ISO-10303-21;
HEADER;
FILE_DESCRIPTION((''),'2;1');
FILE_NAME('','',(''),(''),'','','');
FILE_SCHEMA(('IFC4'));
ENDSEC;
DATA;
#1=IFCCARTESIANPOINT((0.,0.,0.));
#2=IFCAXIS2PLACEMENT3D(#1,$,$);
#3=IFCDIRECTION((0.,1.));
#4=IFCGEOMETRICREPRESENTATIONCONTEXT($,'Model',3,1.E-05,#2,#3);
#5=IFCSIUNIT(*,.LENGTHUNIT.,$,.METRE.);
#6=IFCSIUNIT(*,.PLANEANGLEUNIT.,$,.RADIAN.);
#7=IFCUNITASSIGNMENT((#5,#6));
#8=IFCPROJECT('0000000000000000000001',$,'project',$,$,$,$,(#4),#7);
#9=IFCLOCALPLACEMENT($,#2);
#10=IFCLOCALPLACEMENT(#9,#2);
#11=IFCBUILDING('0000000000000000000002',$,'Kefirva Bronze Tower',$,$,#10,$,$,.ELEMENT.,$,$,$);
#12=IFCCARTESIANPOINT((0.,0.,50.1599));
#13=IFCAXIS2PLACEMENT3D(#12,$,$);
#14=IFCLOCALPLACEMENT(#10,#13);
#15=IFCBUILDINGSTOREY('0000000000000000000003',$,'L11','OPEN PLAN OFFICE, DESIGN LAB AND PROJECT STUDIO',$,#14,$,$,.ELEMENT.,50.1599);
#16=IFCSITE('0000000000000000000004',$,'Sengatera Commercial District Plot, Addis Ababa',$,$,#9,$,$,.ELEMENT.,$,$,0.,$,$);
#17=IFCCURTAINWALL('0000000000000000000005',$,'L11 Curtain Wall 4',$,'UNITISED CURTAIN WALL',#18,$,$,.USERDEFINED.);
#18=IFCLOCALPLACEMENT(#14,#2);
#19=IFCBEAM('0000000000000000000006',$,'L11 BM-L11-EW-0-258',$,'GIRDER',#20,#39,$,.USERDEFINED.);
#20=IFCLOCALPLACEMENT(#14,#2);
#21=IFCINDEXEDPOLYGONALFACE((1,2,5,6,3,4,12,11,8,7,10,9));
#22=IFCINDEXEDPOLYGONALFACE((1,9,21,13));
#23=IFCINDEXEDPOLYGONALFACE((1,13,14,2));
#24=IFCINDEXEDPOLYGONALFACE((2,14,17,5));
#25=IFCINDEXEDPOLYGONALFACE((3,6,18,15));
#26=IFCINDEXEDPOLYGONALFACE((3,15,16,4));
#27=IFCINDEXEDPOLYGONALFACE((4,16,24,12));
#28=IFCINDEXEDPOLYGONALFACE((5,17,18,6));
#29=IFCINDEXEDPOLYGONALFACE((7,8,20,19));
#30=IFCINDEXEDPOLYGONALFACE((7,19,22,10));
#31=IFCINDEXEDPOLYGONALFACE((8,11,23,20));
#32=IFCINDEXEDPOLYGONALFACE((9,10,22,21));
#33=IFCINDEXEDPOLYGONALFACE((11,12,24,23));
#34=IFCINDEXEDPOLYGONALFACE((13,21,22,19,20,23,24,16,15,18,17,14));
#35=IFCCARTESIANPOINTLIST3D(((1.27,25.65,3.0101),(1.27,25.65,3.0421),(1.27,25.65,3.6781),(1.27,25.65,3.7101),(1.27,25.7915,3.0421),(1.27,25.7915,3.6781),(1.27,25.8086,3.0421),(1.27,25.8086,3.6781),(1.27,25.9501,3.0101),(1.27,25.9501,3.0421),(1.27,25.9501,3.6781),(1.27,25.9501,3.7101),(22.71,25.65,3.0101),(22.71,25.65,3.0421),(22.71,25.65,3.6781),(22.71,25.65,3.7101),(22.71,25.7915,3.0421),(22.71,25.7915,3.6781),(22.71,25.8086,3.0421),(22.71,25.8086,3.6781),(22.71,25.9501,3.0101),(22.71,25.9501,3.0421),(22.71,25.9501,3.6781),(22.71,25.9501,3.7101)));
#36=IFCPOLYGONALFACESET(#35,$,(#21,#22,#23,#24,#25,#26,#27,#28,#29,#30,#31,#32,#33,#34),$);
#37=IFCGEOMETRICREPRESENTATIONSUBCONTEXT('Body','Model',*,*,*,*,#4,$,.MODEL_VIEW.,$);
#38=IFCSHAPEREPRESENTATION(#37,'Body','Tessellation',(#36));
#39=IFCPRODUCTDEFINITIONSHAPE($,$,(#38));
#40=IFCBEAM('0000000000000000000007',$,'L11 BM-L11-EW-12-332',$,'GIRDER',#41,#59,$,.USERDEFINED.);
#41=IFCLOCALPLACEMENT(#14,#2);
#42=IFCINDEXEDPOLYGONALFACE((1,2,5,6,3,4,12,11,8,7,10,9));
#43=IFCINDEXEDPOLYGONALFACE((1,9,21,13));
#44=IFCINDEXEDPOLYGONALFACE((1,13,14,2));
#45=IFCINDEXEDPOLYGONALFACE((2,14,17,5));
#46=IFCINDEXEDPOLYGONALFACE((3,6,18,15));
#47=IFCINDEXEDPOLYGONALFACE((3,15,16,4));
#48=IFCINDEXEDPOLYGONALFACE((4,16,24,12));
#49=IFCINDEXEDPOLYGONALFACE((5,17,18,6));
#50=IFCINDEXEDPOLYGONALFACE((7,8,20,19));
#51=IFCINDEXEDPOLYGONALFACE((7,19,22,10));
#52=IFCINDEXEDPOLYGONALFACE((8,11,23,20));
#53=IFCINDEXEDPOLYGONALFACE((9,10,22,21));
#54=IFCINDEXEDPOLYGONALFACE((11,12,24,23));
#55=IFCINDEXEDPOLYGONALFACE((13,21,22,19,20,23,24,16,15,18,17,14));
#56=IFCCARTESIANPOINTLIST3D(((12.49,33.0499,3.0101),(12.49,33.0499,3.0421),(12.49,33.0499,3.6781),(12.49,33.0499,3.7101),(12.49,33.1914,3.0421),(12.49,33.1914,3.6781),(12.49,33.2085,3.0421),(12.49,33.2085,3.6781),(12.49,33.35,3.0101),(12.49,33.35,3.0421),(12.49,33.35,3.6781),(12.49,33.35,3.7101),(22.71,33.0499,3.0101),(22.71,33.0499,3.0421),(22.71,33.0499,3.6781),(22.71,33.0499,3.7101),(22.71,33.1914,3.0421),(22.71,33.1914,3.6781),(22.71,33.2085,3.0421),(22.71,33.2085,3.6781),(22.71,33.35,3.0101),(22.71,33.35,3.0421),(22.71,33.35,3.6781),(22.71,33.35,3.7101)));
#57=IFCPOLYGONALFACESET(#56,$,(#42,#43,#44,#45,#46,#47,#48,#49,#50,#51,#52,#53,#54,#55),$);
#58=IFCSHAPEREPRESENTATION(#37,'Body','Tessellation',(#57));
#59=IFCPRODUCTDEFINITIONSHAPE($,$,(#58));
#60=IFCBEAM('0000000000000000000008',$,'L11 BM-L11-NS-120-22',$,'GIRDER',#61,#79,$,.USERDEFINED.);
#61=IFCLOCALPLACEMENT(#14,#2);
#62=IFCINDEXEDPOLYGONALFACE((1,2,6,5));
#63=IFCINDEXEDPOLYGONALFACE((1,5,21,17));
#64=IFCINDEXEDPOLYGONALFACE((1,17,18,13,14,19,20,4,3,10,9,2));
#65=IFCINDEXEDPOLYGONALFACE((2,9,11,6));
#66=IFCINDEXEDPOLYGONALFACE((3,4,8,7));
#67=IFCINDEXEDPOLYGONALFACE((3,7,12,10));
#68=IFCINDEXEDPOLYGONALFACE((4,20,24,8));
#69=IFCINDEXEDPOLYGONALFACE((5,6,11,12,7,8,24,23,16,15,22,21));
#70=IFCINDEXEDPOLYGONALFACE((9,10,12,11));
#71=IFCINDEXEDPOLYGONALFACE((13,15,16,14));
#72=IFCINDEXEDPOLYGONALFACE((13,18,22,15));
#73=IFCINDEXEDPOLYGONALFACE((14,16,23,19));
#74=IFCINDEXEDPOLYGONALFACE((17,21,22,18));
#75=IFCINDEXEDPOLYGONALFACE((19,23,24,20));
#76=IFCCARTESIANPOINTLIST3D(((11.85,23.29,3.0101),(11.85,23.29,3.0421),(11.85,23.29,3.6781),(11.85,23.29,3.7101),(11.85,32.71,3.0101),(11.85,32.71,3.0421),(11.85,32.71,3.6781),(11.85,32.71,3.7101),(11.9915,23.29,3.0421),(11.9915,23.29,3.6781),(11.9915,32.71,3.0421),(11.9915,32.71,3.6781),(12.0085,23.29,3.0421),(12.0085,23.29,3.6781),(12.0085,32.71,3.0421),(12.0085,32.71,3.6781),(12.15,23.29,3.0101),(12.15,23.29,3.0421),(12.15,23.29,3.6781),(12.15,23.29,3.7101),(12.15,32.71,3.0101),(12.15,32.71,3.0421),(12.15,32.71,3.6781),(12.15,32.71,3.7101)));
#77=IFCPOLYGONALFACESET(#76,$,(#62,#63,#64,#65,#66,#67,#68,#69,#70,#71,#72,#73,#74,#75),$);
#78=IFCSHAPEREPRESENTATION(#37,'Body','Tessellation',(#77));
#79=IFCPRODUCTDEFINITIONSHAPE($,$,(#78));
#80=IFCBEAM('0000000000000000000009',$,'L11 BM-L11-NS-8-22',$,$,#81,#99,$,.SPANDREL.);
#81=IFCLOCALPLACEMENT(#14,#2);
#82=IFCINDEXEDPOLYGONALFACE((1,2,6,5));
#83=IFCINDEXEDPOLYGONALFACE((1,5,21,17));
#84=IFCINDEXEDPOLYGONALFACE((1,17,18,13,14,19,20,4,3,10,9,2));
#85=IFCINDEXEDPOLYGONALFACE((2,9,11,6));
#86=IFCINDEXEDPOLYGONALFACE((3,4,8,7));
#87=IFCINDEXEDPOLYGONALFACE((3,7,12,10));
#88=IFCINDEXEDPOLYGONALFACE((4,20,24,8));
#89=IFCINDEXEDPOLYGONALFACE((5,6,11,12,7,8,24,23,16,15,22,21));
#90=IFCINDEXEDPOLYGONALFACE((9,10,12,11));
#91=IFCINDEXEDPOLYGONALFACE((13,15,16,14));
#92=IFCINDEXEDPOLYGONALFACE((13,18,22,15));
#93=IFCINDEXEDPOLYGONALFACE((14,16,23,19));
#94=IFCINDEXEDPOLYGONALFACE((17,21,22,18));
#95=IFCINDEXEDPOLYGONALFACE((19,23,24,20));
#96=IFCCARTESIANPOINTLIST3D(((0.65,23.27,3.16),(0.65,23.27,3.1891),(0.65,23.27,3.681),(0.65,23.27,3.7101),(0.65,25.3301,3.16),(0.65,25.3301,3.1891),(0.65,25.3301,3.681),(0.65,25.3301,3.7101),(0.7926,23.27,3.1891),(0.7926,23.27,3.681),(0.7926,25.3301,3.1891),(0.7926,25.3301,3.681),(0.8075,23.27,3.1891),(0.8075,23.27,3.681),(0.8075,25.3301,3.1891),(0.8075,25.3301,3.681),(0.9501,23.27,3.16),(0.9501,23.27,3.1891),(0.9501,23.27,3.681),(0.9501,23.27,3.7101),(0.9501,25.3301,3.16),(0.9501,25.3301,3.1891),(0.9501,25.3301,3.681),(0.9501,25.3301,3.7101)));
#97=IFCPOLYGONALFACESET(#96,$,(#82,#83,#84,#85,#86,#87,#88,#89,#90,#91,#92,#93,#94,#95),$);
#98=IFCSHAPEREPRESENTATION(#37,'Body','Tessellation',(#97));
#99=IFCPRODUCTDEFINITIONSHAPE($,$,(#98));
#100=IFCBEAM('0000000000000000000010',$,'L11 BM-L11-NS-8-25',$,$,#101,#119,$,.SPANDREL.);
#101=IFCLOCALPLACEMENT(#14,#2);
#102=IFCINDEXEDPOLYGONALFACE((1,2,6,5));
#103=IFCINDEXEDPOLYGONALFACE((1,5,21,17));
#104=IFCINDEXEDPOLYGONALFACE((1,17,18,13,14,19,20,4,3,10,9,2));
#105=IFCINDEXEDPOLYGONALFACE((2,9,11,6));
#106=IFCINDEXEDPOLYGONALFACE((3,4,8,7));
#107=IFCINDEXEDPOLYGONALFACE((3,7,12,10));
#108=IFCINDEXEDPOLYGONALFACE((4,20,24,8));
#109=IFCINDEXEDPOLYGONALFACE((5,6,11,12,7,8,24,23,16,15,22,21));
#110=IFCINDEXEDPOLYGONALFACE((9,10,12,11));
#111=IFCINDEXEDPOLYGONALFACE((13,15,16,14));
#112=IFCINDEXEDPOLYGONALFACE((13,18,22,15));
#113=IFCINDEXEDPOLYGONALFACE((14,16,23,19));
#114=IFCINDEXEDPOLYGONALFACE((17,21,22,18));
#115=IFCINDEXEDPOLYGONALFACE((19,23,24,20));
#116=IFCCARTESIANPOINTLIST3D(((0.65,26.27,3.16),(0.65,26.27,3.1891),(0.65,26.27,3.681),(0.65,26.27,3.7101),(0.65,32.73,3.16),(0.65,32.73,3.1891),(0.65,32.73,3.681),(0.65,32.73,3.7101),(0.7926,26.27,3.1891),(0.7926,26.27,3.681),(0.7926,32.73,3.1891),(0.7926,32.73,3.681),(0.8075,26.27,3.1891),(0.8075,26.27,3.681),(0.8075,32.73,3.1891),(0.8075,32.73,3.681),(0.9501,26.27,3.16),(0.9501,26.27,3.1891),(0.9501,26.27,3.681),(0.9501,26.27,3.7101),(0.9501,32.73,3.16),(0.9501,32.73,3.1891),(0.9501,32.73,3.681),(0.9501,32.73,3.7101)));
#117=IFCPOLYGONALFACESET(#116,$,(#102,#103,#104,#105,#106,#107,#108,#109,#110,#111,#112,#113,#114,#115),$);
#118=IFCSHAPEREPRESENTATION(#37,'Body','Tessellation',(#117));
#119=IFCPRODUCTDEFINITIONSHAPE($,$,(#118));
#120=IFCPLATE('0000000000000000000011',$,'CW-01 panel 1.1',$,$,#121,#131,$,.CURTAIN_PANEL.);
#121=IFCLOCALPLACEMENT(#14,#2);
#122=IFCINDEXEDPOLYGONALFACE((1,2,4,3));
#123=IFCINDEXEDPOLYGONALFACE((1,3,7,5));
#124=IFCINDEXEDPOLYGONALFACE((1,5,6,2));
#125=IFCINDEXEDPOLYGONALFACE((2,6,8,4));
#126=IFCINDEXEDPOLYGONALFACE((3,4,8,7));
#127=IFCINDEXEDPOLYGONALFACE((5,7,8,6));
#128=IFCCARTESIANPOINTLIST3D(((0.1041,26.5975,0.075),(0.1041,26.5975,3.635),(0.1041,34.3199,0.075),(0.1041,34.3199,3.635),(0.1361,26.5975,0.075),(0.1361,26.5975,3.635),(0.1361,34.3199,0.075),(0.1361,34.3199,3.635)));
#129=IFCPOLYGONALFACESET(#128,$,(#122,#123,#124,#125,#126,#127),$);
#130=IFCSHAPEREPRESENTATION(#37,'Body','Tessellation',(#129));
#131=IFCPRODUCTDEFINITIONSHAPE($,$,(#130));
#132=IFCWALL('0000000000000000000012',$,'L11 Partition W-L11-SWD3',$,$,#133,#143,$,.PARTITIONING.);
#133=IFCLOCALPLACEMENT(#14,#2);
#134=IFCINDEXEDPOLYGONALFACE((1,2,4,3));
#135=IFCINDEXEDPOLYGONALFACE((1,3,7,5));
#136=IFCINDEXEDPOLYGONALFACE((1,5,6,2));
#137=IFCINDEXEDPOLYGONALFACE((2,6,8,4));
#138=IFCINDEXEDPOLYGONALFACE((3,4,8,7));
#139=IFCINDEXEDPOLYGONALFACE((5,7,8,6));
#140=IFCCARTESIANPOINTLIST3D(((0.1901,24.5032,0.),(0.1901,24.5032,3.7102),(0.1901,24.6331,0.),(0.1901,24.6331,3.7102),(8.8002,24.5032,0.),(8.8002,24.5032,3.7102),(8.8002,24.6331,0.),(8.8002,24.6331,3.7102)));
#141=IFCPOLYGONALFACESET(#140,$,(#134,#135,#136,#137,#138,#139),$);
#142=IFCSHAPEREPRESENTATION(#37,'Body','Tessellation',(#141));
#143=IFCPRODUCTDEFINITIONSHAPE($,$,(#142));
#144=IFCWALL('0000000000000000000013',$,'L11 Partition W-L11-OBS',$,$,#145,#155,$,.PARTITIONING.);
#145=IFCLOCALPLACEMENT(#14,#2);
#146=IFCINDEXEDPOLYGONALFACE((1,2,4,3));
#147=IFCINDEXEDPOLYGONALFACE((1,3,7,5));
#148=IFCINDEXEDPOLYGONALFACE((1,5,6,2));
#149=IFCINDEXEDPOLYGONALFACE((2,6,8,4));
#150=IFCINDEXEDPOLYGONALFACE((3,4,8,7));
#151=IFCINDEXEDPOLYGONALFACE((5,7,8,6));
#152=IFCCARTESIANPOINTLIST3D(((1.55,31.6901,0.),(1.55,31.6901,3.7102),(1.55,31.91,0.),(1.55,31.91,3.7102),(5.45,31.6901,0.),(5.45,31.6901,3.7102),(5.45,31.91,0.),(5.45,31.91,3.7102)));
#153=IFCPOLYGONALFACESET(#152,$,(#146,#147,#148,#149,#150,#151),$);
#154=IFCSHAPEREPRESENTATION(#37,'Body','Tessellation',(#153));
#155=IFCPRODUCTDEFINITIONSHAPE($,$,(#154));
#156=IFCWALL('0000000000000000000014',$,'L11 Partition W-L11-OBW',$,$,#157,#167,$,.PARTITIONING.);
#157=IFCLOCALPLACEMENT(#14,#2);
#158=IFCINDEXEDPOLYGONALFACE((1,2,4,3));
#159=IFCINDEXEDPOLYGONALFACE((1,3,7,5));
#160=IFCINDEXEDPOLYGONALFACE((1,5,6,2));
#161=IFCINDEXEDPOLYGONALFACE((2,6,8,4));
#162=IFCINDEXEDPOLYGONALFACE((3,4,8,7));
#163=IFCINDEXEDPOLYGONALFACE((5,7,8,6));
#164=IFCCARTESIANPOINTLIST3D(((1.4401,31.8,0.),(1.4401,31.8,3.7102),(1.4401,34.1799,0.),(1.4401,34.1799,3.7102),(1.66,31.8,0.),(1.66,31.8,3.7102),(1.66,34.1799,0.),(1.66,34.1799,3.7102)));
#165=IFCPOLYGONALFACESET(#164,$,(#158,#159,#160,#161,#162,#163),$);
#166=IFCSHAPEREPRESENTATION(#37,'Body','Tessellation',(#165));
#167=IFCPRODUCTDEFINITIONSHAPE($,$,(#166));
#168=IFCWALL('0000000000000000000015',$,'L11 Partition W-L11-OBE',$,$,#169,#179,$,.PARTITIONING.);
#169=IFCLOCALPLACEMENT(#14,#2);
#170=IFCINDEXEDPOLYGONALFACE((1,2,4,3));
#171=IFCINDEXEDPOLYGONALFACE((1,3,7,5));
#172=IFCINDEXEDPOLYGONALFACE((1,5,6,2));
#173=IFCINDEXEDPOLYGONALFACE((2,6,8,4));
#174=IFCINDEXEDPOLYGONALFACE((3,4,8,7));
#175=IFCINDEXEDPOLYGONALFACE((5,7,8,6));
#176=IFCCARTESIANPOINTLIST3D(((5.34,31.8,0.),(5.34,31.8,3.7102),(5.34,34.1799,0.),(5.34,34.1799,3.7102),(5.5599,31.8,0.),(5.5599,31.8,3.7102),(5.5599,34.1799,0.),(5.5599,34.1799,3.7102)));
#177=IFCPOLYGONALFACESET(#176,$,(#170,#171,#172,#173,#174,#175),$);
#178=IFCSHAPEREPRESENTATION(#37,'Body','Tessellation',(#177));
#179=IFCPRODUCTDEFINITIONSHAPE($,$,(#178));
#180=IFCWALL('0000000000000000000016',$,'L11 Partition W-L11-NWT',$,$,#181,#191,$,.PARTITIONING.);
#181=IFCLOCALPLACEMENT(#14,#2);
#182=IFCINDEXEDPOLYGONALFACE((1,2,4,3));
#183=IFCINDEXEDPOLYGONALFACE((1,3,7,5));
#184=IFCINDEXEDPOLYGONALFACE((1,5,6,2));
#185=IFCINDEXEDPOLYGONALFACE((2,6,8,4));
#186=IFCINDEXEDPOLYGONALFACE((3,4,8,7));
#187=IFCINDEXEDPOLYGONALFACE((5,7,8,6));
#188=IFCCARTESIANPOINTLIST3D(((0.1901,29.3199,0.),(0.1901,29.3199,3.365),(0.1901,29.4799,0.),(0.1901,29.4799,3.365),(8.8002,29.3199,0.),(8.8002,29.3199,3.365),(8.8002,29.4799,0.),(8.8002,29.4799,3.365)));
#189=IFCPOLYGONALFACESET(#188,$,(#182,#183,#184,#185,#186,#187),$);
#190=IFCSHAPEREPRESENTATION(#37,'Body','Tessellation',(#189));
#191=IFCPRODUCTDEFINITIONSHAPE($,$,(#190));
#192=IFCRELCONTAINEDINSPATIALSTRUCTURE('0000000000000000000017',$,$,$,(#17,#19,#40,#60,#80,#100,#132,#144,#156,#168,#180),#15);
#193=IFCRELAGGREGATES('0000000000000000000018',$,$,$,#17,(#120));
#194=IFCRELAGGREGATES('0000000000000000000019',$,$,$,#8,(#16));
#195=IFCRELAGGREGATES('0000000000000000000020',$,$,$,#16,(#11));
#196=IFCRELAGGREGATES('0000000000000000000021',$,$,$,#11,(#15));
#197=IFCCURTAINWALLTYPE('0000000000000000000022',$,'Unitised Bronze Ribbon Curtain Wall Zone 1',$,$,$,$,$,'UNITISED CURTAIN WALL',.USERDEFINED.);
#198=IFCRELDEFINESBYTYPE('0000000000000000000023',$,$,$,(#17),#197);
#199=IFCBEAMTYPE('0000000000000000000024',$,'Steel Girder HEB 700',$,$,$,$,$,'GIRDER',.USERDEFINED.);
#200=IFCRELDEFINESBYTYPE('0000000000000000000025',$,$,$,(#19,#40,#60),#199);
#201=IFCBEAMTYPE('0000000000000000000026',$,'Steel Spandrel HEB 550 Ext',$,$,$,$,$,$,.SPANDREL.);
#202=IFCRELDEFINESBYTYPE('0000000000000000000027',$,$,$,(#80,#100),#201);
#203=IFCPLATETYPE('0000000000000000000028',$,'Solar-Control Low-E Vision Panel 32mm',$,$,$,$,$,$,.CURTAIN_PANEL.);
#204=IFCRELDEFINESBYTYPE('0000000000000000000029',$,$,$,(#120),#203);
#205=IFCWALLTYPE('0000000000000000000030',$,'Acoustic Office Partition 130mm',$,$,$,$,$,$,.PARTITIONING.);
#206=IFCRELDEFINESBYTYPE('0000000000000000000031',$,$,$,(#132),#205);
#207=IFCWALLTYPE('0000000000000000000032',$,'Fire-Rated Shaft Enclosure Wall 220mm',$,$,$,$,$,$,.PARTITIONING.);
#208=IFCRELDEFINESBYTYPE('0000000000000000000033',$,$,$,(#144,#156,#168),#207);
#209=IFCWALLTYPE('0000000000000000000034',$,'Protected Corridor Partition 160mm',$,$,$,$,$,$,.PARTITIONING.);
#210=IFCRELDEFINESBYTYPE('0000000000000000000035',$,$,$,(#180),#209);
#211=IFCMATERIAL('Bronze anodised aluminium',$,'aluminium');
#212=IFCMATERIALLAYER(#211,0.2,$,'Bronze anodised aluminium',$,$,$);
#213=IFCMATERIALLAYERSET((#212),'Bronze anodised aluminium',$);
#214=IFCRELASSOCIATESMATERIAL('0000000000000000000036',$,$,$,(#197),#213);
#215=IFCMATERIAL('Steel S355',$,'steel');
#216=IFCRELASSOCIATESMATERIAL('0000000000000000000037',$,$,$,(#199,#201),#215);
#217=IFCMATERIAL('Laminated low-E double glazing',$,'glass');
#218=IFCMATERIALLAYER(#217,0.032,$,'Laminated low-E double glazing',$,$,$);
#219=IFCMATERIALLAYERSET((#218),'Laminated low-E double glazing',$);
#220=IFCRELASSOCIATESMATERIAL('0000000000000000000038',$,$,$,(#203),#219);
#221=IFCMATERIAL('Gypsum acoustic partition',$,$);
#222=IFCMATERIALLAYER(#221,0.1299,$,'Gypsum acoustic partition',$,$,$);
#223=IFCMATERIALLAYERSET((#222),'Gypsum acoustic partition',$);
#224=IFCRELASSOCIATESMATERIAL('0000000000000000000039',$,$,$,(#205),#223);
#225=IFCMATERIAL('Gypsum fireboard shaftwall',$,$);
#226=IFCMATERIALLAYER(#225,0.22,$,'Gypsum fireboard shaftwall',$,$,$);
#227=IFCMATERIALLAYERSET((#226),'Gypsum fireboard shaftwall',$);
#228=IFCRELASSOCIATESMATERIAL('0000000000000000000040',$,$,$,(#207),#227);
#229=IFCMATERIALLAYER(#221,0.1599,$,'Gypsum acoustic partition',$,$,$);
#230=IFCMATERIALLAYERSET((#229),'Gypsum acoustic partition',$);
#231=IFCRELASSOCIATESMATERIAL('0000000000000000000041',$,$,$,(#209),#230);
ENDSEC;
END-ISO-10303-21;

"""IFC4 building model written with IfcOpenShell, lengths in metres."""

from ifc_helpers import new_model, si_unit, direction, frame, frame_2d, origin, origin_2d, place, context, subcontext, project, spatial, rectangle, i_section, extrude, material, layer, layer_set, material_profile, profile_set, type_object, element, aggregate, save


model = new_model("IFC4")

# Units and contexts
model_context = context("Model", 3, precision=1e-05, world=origin(), true_north=direction((0.0, 1.0)))
body_context = subcontext(model_context, "Body", "Model", "MODEL_VIEW")
ifc_project = project(units=[si_unit("LENGTHUNIT", "METRE"), si_unit("PLANEANGLEUNIT", "RADIAN")], contexts=[model_context])

# Site, building, storey
site_placement = place(None, origin())
site = spatial("IfcSite", under=ifc_project, at=site_placement, Name="Sengatera Commercial District Plot, Addis Ababa", CompositionType="ELEMENT", RefElevation=0.0)
building_placement = place(site_placement, origin())
building = spatial("IfcBuilding", under=site, at=building_placement, Name="Kefirva Bronze Tower", CompositionType="ELEMENT")
storey_placement = place(building_placement, frame((0.0, 0.0, 50.1599)))
storey = spatial("IfcBuildingStorey", under=building, at=storey_placement, Name="L11", Description="OPEN PLAN OFFICE, DESIGN LAB AND PROJECT STUDIO", CompositionType="ELEMENT", Elevation=50.1599)

# Curtain wall
ifc_material_1 = material(Name="Bronze anodised aluminium", Category="aluminium")
ifc_layer_1 = layer(ifc_material_1, 0.2, Name="Bronze anodised aluminium")
ifc_layer_set_1 = layer_set([ifc_layer_1], Name="Bronze anodised aluminium")
curtain_wall_type = type_object("IfcCurtainWallType", Name="Unitised Bronze Ribbon Curtain Wall Zone 1", ElementType="UNITISED CURTAIN WALL", PredefinedType="USERDEFINED", material=ifc_layer_set_1)
curtain_wall_placement = place(storey_placement, origin())
curtain_wall = element("IfcCurtainWall", 1, at=curtain_wall_placement, inside=storey, type_object=curtain_wall_type, Name="L11 Curtain Wall 4", ObjectType="UNITISED CURTAIN WALL", PredefinedType="USERDEFINED")

# Beams
ifc_material_2 = material(Name="Steel S355", Category="steel")
ifc_material_profile_1 = material_profile(ifc_material_2, i_section(OverallWidth=0.3, OverallDepth=0.7, WebThickness=0.0171, FlangeThickness=0.032, at=origin_2d()), Name="HEB 700")
ifc_profile_set_1 = profile_set([ifc_material_profile_1], Name="Steel S355")
beam_type_1 = type_object("IfcBeamType", Name="Steel Girder HEB 700", ElementType="GIRDER", PredefinedType="USERDEFINED", material=ifc_profile_set_1)
beam_1_placement = place(storey_placement, frame((1.27, 25.8, 3.3601), z_axis=(1.0, 0.0, 0.0), x_axis=(0.0, 1.0, 0.0)))
element("IfcBeam", 2, at=beam_1_placement, inside=storey, type_object=beam_type_1, Name="L11 BM-L11-EW-0-258", ObjectType="GIRDER", PredefinedType="USERDEFINED", context=body_context, shape_type="SweptSolid", body=[
    extrude(i_section(OverallWidth=0.3, OverallDepth=0.7, WebThickness=0.0171, FlangeThickness=0.032, at=origin_2d()), origin(), (0.0, 0.0, 1.0), 21.4399),
])
beam_2_placement = place(storey_placement, frame((12.49, 33.2, 3.3601), z_axis=(1.0, 0.0, 0.0), x_axis=(0.0, 1.0, 0.0)))
element("IfcBeam", 3, at=beam_2_placement, inside=storey, type_object=beam_type_1, Name="L11 BM-L11-EW-12-332", ObjectType="GIRDER", PredefinedType="USERDEFINED", context=body_context, shape_type="SweptSolid", body=[
    extrude(i_section(OverallWidth=0.3, OverallDepth=0.7, WebThickness=0.0171, FlangeThickness=0.032, at=origin_2d()), origin(), (0.0, 0.0, 1.0), 10.22),
])
beam_3_placement = place(storey_placement, frame((12.0, 23.29, 3.3601), z_axis=(0.0, 1.0, 0.0), x_axis=(-1.0, 0.0, 0.0)))
element("IfcBeam", 4, at=beam_3_placement, inside=storey, type_object=beam_type_1, Name="L11 BM-L11-NS-120-22", ObjectType="GIRDER", PredefinedType="USERDEFINED", context=body_context, shape_type="SweptSolid", body=[
    extrude(i_section(OverallWidth=0.3, OverallDepth=0.7, WebThickness=0.0171, FlangeThickness=0.032, at=origin_2d()), origin(), (0.0, 0.0, 1.0), 9.4199),
])
ifc_material_profile_2 = material_profile(ifc_material_2, i_section(OverallWidth=0.3, OverallDepth=0.55, WebThickness=0.0149, FlangeThickness=0.0291, at=origin_2d()), Name="HEB 550")
ifc_profile_set_2 = profile_set([ifc_material_profile_2], Name="Steel S355")
beam_type_2 = type_object("IfcBeamType", Name="Steel Spandrel HEB 550 Ext", PredefinedType="SPANDREL", material=ifc_profile_set_2)
beam_4_placement = place(storey_placement, frame((0.8, 23.27, 3.4351), z_axis=(0.0, 1.0, 0.0), x_axis=(-1.0, 0.0, 0.0)))
element("IfcBeam", 5, at=beam_4_placement, inside=storey, type_object=beam_type_2, Name="L11 BM-L11-NS-8-22", PredefinedType="SPANDREL", context=body_context, shape_type="SweptSolid", body=[
    extrude(i_section(OverallWidth=0.3, OverallDepth=0.55, WebThickness=0.0149, FlangeThickness=0.0291, at=origin_2d()), origin(), (0.0, 0.0, 1.0), 2.0601),
])
beam_5_placement = place(storey_placement, frame((0.8, 26.27, 3.4351), z_axis=(0.0, 1.0, 0.0), x_axis=(-1.0, 0.0, 0.0)))
element("IfcBeam", 6, at=beam_5_placement, inside=storey, type_object=beam_type_2, Name="L11 BM-L11-NS-8-25", PredefinedType="SPANDREL", context=body_context, shape_type="SweptSolid", body=[
    extrude(i_section(OverallWidth=0.3, OverallDepth=0.55, WebThickness=0.0149, FlangeThickness=0.0291, at=origin_2d()), origin(), (0.0, 0.0, 1.0), 6.46),
])

# Plate
ifc_material_3 = material(Name="Laminated low-E double glazing", Category="glass")
ifc_layer_2 = layer(ifc_material_3, 0.032, Name="Laminated low-E double glazing")
ifc_layer_set_2 = layer_set([ifc_layer_2], Name="Laminated low-E double glazing")
plate_type = type_object("IfcPlateType", Name="Solar-Control Low-E Vision Panel 32mm", PredefinedType="CURTAIN_PANEL", material=ifc_layer_set_2)
plate_placement = place(storey_placement, frame((0.1201, 30.4587, 0.075), z_axis=(0.0, 0.0, 1.0), x_axis=(0.0, -1.0, 0.0)))
plate = element("IfcPlate", 7, at=plate_placement, type_object=plate_type, Name="CW-01 panel 1.1", PredefinedType="CURTAIN_PANEL", context=body_context, shape_type="SweptSolid", body=[
    extrude(rectangle(XDim=7.7224, YDim=0.032, at=origin_2d()), origin(), (0.0, 0.0, 1.0), 3.5601),
])
aggregate(curtain_wall, [plate])

# Walls
ifc_material_4 = material(Name="Gypsum acoustic partition")
ifc_layer_3 = layer(ifc_material_4, 0.1299, Name="Gypsum acoustic partition")
ifc_layer_set_3 = layer_set([ifc_layer_3], Name="Gypsum acoustic partition")
wall_type_1 = type_object("IfcWallType", Name="Acoustic Office Partition 130mm", PredefinedType="PARTITIONING", material=ifc_layer_set_3)
wall_1_placement = place(storey_placement, frame((0.1899, 24.5681, 0.0), z_axis=(0.0, 0.0, 1.0), x_axis=(1.0, 0.0, 0.0)))
element("IfcWall", 8, at=wall_1_placement, inside=storey, type_object=wall_type_1, Name="L11 Partition W-L11-SWD3", PredefinedType="PARTITIONING", context=body_context, shape_type="SweptSolid", body=[
    extrude(rectangle(XDim=8.6101, YDim=0.1299, at=frame_2d((4.3052, 0.0))), origin(), (0.0, 0.0, 1.0), 3.7102),
])
ifc_material_5 = material(Name="Gypsum fireboard shaftwall")
ifc_layer_4 = layer(ifc_material_5, 0.22, Name="Gypsum fireboard shaftwall")
ifc_layer_set_4 = layer_set([ifc_layer_4], Name="Gypsum fireboard shaftwall")
wall_type_2 = type_object("IfcWallType", Name="Fire-Rated Shaft Enclosure Wall 220mm", PredefinedType="PARTITIONING", material=ifc_layer_set_4)
wall_2_placement = place(storey_placement, frame((1.55, 31.8, 0.0), z_axis=(0.0, 0.0, 1.0), x_axis=(1.0, 0.0, 0.0)))
element("IfcWall", 9, at=wall_2_placement, inside=storey, type_object=wall_type_2, Name="L11 Partition W-L11-OBS", PredefinedType="PARTITIONING", context=body_context, shape_type="SweptSolid", body=[
    extrude(rectangle(XDim=3.8999, YDim=0.22, at=frame_2d((1.95, 0.0))), origin(), (0.0, 0.0, 1.0), 3.7102),
])
for number, where, z_axis, x_axis, name in (
    (10, (1.55, 31.8, 0.0), (0.0, 0.0, 1.0), (0.0, 1.0, 0.0), "L11 Partition W-L11-OBW"),
    (11, (5.45, 31.8, 0.0), (0.0, 0.0, 1.0), (0.0, 1.0, 0.0), "L11 Partition W-L11-OBE"),
):
    element("IfcWall", number, at=place(storey_placement, frame(where, z_axis=z_axis, x_axis=x_axis)), inside=storey, type_object=wall_type_2, Name=name, PredefinedType="PARTITIONING", context=body_context, shape_type="SweptSolid", body=[
        extrude(rectangle(XDim=2.3799, YDim=0.22, at=frame_2d((1.1899, 0.0))), origin(), (0.0, 0.0, 1.0), 3.7102),
    ])
ifc_layer_5 = layer(ifc_material_4, 0.1599, Name="Gypsum acoustic partition")
ifc_layer_set_5 = layer_set([ifc_layer_5], Name="Gypsum acoustic partition")
wall_type_3 = type_object("IfcWallType", Name="Protected Corridor Partition 160mm", PredefinedType="PARTITIONING", material=ifc_layer_set_5)
wall_3_placement = place(storey_placement, frame((0.1899, 29.3999, 0.0), z_axis=(0.0, 0.0, 1.0), x_axis=(1.0, 0.0, 0.0)))
element("IfcWall", 12, at=wall_3_placement, inside=storey, type_object=wall_type_3, Name="L11 Partition W-L11-NWT", PredefinedType="PARTITIONING", context=body_context, shape_type="SweptSolid", body=[
    extrude(rectangle(XDim=8.6101, YDim=0.1599, at=frame_2d((4.3052, 0.0))), origin(), (0.0, 0.0, 1.0), 3.365),
])

save(model, "model.ifc")
